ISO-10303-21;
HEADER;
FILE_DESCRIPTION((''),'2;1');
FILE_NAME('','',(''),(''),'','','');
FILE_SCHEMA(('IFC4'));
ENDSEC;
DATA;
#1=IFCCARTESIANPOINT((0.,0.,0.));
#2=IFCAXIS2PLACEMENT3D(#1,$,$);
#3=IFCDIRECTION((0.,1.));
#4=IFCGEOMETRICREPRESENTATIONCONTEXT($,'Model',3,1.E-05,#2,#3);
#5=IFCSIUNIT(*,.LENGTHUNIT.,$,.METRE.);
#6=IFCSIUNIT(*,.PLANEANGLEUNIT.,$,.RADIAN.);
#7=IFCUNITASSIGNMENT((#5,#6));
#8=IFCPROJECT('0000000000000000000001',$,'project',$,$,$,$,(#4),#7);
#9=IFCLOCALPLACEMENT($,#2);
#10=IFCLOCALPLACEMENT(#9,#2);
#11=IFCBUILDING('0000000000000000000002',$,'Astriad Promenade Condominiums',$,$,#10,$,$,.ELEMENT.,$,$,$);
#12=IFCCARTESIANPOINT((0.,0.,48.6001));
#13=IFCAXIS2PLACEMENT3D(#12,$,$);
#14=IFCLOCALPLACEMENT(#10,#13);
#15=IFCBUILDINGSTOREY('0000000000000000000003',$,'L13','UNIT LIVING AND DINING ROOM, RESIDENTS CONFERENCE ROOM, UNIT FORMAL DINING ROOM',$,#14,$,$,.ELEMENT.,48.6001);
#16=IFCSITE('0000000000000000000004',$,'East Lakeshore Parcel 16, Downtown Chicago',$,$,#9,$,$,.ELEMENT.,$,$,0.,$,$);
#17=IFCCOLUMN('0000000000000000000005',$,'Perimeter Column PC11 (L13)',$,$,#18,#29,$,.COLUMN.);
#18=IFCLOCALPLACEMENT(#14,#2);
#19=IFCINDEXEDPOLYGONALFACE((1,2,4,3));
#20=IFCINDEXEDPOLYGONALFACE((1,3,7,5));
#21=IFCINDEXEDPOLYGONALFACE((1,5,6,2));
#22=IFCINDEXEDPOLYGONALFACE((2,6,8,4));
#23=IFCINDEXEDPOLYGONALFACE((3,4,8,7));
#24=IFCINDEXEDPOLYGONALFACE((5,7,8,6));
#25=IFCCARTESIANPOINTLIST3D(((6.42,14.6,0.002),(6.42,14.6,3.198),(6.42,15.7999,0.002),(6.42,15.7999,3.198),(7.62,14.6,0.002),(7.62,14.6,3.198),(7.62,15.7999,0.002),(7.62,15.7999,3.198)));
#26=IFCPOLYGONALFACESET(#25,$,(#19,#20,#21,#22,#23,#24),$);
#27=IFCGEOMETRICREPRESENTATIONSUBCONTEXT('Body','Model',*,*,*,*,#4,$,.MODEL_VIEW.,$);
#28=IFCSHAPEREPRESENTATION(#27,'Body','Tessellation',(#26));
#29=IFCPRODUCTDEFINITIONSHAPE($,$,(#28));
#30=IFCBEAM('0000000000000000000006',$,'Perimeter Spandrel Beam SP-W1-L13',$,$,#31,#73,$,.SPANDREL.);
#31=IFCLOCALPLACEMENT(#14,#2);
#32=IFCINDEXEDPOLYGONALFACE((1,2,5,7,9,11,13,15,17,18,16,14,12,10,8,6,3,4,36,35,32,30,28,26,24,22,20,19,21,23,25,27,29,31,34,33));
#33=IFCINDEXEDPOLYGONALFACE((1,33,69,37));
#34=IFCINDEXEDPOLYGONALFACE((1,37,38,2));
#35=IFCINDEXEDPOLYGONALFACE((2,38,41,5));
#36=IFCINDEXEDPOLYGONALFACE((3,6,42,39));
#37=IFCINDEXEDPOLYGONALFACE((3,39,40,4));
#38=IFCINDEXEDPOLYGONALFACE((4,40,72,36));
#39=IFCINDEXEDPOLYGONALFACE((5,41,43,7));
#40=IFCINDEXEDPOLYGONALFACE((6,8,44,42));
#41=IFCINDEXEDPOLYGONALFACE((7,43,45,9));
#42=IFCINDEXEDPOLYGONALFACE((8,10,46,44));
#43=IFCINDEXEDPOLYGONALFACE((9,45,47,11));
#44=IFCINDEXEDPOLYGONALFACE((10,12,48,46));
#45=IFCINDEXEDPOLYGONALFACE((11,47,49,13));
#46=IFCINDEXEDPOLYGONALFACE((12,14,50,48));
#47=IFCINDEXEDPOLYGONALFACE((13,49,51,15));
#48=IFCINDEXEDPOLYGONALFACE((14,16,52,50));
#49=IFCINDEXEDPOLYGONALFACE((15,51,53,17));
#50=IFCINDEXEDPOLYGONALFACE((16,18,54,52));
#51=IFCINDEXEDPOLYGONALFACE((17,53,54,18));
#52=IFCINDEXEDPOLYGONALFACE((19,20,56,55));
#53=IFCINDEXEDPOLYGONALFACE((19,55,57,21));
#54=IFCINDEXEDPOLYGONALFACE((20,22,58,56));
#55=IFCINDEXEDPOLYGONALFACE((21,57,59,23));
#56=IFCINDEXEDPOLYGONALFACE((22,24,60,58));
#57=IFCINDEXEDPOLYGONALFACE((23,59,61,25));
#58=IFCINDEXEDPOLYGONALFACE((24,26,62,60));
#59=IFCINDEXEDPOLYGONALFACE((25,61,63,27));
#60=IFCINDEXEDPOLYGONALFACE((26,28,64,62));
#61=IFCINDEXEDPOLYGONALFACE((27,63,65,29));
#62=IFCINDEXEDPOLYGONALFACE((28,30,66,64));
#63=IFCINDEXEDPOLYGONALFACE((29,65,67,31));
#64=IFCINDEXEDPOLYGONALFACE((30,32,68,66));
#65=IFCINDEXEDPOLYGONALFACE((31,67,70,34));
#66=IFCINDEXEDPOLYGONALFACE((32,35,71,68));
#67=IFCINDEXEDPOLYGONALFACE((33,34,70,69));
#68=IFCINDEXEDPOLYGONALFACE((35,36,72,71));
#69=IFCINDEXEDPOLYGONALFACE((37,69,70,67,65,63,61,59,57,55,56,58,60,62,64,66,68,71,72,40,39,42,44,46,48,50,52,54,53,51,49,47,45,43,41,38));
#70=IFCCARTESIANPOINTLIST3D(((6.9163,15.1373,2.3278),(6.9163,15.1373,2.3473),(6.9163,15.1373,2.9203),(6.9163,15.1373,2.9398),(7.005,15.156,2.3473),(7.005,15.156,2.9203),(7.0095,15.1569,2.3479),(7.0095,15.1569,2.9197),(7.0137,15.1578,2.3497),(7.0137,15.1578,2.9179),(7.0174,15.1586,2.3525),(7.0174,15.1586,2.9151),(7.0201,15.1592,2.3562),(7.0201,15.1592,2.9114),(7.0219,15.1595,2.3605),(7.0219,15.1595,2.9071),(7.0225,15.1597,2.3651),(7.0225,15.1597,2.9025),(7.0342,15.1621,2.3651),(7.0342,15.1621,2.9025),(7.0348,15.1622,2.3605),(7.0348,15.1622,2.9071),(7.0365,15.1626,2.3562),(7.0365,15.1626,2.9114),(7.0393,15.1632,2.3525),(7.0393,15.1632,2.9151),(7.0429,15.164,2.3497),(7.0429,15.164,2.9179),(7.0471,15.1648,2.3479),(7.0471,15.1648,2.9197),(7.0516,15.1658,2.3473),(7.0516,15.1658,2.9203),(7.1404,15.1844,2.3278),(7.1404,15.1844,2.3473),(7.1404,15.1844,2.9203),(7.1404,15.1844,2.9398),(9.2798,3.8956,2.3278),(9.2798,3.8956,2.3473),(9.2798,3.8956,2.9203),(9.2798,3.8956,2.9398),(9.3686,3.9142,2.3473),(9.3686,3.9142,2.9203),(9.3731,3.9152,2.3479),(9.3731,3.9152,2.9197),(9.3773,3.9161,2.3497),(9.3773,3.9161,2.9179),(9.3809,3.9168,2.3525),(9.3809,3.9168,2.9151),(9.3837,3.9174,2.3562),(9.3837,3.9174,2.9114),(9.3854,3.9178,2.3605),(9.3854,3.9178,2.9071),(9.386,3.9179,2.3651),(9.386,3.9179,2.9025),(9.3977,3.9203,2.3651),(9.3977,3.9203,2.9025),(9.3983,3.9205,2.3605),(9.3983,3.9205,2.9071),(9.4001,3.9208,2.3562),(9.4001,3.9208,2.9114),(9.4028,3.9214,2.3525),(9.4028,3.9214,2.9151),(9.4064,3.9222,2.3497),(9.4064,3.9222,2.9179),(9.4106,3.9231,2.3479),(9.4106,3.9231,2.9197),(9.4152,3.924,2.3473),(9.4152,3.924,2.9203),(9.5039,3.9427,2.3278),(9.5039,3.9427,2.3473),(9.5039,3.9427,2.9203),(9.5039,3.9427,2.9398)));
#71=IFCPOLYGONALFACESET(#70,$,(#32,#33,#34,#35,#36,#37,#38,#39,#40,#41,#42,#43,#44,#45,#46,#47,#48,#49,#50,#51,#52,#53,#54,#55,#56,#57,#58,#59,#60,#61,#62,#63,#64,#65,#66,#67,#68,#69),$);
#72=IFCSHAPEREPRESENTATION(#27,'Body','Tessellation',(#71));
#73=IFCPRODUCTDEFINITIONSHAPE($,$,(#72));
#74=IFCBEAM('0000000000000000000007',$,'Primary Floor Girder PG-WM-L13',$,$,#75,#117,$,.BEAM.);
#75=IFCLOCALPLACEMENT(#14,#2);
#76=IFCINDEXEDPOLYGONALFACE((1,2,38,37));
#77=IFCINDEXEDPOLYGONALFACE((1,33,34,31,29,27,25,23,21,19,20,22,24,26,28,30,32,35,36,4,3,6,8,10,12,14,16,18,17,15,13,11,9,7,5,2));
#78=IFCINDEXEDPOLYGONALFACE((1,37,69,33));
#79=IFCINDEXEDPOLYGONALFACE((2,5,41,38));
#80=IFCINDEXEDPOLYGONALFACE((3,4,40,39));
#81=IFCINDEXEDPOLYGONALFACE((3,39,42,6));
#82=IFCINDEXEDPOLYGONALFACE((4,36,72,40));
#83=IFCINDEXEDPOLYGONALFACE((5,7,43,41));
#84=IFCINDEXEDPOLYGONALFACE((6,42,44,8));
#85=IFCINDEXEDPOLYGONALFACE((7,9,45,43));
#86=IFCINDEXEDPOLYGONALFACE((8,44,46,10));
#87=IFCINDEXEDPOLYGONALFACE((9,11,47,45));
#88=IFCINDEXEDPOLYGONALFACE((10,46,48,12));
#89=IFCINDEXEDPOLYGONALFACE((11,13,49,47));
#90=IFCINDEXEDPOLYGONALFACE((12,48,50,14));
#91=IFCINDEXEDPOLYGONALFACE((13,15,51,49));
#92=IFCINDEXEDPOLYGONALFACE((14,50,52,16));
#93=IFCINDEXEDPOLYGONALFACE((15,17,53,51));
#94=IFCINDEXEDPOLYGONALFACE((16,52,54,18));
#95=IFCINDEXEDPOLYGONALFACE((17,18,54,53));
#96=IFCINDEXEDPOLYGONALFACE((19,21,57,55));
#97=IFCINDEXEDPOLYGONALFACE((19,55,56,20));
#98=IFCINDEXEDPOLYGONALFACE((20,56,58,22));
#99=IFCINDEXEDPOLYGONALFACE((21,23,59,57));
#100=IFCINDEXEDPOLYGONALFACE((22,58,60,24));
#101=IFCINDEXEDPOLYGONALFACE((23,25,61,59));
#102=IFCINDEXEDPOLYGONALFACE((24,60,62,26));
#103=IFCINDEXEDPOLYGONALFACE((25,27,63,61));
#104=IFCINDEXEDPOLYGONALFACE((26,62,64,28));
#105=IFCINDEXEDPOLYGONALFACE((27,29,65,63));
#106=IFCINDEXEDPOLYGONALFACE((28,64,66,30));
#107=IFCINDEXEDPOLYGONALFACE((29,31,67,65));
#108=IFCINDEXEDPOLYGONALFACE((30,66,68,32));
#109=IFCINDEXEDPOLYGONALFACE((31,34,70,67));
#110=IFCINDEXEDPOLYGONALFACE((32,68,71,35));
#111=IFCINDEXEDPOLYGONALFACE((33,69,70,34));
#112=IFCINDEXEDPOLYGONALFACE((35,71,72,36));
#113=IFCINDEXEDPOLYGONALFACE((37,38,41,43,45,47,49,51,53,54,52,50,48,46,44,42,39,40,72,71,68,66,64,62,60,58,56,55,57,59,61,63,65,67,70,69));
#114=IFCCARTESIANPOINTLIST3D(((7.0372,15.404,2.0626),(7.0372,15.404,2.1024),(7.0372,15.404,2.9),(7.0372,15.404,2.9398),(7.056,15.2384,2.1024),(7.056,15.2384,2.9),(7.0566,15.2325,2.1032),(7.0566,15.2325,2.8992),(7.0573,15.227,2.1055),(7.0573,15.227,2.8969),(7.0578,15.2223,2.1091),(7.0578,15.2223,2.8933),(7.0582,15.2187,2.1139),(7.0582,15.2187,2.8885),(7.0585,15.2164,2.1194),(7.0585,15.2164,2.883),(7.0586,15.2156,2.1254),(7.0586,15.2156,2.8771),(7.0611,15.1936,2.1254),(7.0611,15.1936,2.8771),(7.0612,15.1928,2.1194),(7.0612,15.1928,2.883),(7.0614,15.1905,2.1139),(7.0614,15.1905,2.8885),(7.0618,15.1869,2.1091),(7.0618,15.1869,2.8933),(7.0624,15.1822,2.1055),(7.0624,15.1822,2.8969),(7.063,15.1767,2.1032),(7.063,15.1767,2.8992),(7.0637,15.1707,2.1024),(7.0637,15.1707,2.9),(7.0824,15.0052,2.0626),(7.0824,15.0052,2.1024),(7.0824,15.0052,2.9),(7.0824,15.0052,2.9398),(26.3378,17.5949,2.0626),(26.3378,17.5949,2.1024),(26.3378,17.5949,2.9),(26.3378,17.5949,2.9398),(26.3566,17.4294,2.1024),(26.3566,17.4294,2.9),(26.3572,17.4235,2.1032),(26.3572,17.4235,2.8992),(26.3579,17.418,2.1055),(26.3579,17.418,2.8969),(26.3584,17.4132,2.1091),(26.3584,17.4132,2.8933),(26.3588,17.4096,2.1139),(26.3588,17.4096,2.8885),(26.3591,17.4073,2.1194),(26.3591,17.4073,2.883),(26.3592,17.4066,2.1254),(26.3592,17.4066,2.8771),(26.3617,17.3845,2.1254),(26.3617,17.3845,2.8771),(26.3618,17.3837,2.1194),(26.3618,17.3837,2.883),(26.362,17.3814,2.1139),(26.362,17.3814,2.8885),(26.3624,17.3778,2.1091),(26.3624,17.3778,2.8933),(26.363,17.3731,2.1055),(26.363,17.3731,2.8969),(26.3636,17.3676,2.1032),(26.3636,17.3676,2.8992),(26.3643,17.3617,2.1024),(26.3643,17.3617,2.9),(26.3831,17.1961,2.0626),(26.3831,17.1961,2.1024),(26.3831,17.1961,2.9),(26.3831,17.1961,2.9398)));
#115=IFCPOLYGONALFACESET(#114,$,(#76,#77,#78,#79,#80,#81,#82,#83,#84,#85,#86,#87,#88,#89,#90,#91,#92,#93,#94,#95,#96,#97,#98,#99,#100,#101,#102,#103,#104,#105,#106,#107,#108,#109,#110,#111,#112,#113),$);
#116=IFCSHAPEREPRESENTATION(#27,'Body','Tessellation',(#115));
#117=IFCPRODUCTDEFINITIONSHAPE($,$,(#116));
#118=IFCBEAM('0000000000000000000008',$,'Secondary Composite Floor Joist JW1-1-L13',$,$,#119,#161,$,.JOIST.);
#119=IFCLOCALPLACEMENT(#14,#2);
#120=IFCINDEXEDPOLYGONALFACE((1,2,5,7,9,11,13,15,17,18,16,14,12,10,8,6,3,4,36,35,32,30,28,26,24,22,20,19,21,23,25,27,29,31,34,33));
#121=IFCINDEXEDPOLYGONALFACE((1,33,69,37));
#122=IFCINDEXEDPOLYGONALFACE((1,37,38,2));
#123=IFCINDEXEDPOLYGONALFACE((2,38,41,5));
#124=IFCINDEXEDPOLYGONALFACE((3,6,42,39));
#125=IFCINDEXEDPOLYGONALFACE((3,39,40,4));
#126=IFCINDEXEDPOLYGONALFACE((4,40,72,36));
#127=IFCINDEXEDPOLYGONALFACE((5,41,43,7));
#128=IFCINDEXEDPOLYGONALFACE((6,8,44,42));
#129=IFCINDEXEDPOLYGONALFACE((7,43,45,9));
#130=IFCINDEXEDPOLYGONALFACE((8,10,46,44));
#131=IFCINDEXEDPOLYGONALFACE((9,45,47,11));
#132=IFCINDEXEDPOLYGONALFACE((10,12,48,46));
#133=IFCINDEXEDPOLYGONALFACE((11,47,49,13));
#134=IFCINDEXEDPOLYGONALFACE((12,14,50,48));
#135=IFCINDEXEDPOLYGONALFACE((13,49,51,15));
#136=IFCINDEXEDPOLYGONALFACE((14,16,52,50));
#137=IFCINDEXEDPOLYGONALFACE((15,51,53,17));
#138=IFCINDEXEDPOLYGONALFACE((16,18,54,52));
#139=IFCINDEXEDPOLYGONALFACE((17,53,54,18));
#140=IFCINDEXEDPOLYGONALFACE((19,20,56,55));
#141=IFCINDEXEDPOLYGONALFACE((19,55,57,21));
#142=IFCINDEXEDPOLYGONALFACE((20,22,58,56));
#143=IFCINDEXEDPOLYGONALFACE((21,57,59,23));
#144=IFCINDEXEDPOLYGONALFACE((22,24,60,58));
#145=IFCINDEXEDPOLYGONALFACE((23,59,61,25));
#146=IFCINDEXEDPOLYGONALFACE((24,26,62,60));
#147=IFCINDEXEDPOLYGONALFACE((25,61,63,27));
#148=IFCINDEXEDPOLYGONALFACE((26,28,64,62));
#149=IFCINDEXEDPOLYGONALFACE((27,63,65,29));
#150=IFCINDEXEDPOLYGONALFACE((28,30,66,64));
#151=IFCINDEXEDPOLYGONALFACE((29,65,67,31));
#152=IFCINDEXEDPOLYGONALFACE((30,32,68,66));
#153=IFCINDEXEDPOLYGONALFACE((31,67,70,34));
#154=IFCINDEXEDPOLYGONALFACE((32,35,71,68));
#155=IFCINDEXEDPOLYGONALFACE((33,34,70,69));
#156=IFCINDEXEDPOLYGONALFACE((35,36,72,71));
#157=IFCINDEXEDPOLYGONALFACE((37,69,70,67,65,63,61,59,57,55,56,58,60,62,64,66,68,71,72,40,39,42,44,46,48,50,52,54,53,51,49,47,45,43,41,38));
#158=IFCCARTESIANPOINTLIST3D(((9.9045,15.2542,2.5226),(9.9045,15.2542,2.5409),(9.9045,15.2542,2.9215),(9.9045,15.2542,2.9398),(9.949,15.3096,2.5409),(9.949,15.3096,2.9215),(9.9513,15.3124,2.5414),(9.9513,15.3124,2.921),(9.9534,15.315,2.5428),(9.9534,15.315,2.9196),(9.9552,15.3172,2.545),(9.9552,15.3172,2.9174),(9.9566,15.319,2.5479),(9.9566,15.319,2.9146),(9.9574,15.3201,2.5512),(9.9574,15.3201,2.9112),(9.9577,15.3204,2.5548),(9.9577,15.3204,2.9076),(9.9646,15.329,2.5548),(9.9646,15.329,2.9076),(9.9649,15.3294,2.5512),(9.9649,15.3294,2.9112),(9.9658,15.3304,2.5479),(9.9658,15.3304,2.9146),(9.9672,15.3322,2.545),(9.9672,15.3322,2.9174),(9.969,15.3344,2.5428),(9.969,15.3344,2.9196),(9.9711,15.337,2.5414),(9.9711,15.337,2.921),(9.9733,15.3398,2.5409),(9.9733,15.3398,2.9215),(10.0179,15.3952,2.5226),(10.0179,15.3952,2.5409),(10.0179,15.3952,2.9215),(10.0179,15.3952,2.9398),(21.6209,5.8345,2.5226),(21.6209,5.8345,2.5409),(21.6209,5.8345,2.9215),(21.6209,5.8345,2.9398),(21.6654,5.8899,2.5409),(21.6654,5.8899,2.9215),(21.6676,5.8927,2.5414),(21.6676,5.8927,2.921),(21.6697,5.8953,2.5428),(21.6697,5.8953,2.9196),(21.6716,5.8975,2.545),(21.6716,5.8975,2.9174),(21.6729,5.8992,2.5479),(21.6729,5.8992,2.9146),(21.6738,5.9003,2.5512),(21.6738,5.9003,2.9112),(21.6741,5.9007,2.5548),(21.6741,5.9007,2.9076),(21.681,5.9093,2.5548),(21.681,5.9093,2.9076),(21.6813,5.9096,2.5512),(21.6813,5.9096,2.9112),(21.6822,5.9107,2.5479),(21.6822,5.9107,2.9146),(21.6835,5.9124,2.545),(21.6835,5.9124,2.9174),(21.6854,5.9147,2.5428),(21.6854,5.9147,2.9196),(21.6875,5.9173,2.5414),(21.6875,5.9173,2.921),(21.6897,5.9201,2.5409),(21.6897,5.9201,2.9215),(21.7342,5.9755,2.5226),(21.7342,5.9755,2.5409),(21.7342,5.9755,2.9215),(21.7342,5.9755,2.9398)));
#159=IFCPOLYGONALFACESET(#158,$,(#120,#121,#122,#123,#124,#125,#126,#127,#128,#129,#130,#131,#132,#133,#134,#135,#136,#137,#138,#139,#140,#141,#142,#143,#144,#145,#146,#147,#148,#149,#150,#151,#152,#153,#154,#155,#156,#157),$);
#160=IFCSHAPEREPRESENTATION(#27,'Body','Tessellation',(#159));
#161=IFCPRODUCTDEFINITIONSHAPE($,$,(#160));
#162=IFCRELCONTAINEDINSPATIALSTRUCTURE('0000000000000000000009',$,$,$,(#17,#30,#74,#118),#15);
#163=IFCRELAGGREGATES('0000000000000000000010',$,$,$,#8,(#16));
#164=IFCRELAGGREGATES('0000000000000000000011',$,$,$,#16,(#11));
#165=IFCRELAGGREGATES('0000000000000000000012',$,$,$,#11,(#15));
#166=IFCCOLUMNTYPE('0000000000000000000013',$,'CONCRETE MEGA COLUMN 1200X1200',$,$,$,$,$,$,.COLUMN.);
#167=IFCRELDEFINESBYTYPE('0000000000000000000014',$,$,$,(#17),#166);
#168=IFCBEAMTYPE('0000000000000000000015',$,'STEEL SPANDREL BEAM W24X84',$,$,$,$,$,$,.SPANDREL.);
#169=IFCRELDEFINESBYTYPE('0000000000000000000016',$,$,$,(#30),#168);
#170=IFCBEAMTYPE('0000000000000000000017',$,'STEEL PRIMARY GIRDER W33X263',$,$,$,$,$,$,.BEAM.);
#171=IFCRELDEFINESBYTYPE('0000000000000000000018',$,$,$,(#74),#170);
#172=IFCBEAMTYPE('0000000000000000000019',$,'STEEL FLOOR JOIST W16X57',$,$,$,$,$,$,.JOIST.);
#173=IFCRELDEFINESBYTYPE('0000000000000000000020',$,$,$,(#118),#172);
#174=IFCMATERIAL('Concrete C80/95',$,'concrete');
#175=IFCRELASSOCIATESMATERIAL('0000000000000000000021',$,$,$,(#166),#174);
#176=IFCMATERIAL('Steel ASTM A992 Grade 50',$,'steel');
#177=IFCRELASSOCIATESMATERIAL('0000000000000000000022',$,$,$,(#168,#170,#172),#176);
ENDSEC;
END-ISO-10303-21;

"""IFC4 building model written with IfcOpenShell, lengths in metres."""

from ifc_helpers import new_model, si_unit, direction, frame, origin, origin_2d, place, context, subcontext, project, spatial, rectangle, i_section, extrude, source, transform, mapped, material, material_profile, profile_set, type_object, type_shapes, element, save


model = new_model("IFC4")

# Units and contexts
model_context = context("Model", 3, precision=1e-05, world=origin(), true_north=direction((0.0, 1.0)))
body_context = subcontext(model_context, "Body", "Model", "MODEL_VIEW")
ifc_project = project(units=[si_unit("LENGTHUNIT", "METRE"), si_unit("PLANEANGLEUNIT", "RADIAN")], contexts=[model_context])

# Site, building, storey
site_placement = place(None, origin())
site = spatial("IfcSite", under=ifc_project, at=site_placement, Name="East Lakeshore Parcel 16, Downtown Chicago", CompositionType="ELEMENT", RefElevation=0.0)
building_placement = place(site_placement, origin())
building = spatial("IfcBuilding", under=site, at=building_placement, Name="Astriad Promenade Condominiums", CompositionType="ELEMENT")
storey_placement = place(building_placement, frame((0.0, 0.0, 48.6001)))
storey = spatial("IfcBuildingStorey", under=building, at=storey_placement, Name="L13", Description="UNIT LIVING AND DINING ROOM, RESIDENTS CONFERENCE ROOM, UNIT FORMAL DINING ROOM", CompositionType="ELEMENT", Elevation=48.6001)

# Column
ifc_material_1 = material(Name="Concrete C80/95", Category="concrete")
ifc_material_profile_1 = material_profile(ifc_material_1, rectangle(XDim=1.2, YDim=1.2, at=origin_2d()), Name="RC-COL-1200X1200")
ifc_profile_set_1 = profile_set([ifc_material_profile_1], Name="Concrete C80/95")
column_type = type_object("IfcColumnType", Name="CONCRETE MEGA COLUMN 1200X1200", PredefinedType="COLUMN", material=ifc_profile_set_1)
shared_shape_1 = source(origin(), body_context, "Body", "SweptSolid", [
    extrude(rectangle(XDim=1.2, YDim=1.2, at=origin_2d()), origin(), (0.0, 0.0, 1.0), 3.196),
])
type_shapes(column_type, [shared_shape_1])
column_placement = place(storey_placement, frame((7.02, 15.2, 0.002), z_axis=(0.0, 0.0, 1.0), x_axis=(1.0, 0.0, 0.0)))
element("IfcColumn", 1, at=column_placement, inside=storey, type_object=column_type, Name="Perimeter Column PC11 (L13)", PredefinedType="COLUMN", context=body_context, shape_type="MappedRepresentation", body=[
    mapped(shared_shape_1, transform((0.0, 0.0, 0.0), scale=1.0)),
])

# Beams
ifc_material_2 = material(Name="Steel ASTM A992 Grade 50", Category="steel")
ifc_material_profile_2 = material_profile(ifc_material_2, i_section(OverallWidth=0.229, OverallDepth=0.6121, WebThickness=0.012, FlangeThickness=0.0195, FilletRadius=0.0178, at=origin_2d()), Name="W24X84")
ifc_profile_set_2 = profile_set([ifc_material_profile_2], Name="Steel ASTM A992 Grade 50")
beam_type_1 = type_object("IfcBeamType", Name="STEEL SPANDREL BEAM W24X84", PredefinedType="SPANDREL", material=ifc_profile_set_2)
shared_shape_2 = source(origin(), body_context, "Body", "SweptSolid", [
    extrude(i_section(OverallWidth=0.229, OverallDepth=0.6121, WebThickness=0.012, FlangeThickness=0.0195, FilletRadius=0.0178, at=origin_2d()), origin(), (0.0, 0.0, 1.0), 11.4875),
])
type_shapes(beam_type_1, [shared_shape_2])
beam_1_placement = place(storey_placement, frame((7.0283, 15.1609, 2.6338), z_axis=(0.205748, -0.978605, 0.0), x_axis=(0.978605, 0.205748, 0.0)))
element("IfcBeam", 2, at=beam_1_placement, inside=storey, type_object=beam_type_1, Name="Perimeter Spandrel Beam SP-W1-L13", PredefinedType="SPANDREL", context=body_context, shape_type="MappedRepresentation", body=[
    mapped(shared_shape_2, transform((0.0, 0.0, 0.0), scale=1.0)),
])
ifc_material_profile_3 = material_profile(ifc_material_2, i_section(OverallWidth=0.4014, OverallDepth=0.8772, WebThickness=0.0222, FlangeThickness=0.0398, FilletRadius=0.0229, at=origin_2d()), Name="W33X263")
ifc_profile_set_3 = profile_set([ifc_material_profile_3], Name="Steel ASTM A992 Grade 50")
beam_type_2 = type_object("IfcBeamType", Name="STEEL PRIMARY GIRDER W33X263", PredefinedType="BEAM", material=ifc_profile_set_3)
shared_shape_3 = source(origin(), body_context, "Body", "SweptSolid", [
    extrude(i_section(OverallWidth=0.4014, OverallDepth=0.8772, WebThickness=0.0222, FlangeThickness=0.0398, FilletRadius=0.0229, at=origin_2d()), origin(), (0.0, 0.0, 1.0), 19.4246),
])
type_shapes(beam_type_2, [shared_shape_3])
beam_2_placement = place(storey_placement, frame((7.0598, 15.2046, 2.5012), z_axis=(0.993619, 0.112792, 0.0), x_axis=(-0.112792, 0.993619, 0.0)))
element("IfcBeam", 3, at=beam_2_placement, inside=storey, type_object=beam_type_2, Name="Primary Floor Girder PG-WM-L13", PredefinedType="BEAM", context=body_context, shape_type="MappedRepresentation", body=[
    mapped(shared_shape_3, transform((0.0, 0.0, 0.0), scale=1.0)),
])
ifc_material_profile_4 = material_profile(ifc_material_2, i_section(OverallWidth=0.1809, OverallDepth=0.4172, WebThickness=0.011, FlangeThickness=0.0183, FilletRadius=0.0139, at=origin_2d()), Name="W16X57")
ifc_profile_set_4 = profile_set([ifc_material_profile_4], Name="Steel ASTM A992 Grade 50")
beam_type_3 = type_object("IfcBeamType", Name="STEEL FLOOR JOIST W16X57", PredefinedType="JOIST", material=ifc_profile_set_4)
shared_shape_4 = source(origin(), body_context, "Body", "SweptSolid", [
    extrude(i_section(OverallWidth=0.1809, OverallDepth=0.4172, WebThickness=0.011, FlangeThickness=0.0183, FilletRadius=0.0139, at=origin_2d()), origin(), (0.0, 0.0, 1.0), 15.0334),
])
beam_3_placement = place(storey_placement, frame((9.9612, 15.3247, 2.7312), z_axis=(0.779353, -0.626585, 0.0), x_axis=(0.626585, 0.779353, 0.0)))
element("IfcBeam", 4, at=beam_3_placement, inside=storey, type_object=beam_type_3, Name="Secondary Composite Floor Joist JW1-1-L13", PredefinedType="JOIST", context=body_context, shape_type="MappedRepresentation", body=[
    mapped(shared_shape_4, transform((0.0, 0.0, 0.0), scale=1.0)),
])

save(model, "model.ifc")
